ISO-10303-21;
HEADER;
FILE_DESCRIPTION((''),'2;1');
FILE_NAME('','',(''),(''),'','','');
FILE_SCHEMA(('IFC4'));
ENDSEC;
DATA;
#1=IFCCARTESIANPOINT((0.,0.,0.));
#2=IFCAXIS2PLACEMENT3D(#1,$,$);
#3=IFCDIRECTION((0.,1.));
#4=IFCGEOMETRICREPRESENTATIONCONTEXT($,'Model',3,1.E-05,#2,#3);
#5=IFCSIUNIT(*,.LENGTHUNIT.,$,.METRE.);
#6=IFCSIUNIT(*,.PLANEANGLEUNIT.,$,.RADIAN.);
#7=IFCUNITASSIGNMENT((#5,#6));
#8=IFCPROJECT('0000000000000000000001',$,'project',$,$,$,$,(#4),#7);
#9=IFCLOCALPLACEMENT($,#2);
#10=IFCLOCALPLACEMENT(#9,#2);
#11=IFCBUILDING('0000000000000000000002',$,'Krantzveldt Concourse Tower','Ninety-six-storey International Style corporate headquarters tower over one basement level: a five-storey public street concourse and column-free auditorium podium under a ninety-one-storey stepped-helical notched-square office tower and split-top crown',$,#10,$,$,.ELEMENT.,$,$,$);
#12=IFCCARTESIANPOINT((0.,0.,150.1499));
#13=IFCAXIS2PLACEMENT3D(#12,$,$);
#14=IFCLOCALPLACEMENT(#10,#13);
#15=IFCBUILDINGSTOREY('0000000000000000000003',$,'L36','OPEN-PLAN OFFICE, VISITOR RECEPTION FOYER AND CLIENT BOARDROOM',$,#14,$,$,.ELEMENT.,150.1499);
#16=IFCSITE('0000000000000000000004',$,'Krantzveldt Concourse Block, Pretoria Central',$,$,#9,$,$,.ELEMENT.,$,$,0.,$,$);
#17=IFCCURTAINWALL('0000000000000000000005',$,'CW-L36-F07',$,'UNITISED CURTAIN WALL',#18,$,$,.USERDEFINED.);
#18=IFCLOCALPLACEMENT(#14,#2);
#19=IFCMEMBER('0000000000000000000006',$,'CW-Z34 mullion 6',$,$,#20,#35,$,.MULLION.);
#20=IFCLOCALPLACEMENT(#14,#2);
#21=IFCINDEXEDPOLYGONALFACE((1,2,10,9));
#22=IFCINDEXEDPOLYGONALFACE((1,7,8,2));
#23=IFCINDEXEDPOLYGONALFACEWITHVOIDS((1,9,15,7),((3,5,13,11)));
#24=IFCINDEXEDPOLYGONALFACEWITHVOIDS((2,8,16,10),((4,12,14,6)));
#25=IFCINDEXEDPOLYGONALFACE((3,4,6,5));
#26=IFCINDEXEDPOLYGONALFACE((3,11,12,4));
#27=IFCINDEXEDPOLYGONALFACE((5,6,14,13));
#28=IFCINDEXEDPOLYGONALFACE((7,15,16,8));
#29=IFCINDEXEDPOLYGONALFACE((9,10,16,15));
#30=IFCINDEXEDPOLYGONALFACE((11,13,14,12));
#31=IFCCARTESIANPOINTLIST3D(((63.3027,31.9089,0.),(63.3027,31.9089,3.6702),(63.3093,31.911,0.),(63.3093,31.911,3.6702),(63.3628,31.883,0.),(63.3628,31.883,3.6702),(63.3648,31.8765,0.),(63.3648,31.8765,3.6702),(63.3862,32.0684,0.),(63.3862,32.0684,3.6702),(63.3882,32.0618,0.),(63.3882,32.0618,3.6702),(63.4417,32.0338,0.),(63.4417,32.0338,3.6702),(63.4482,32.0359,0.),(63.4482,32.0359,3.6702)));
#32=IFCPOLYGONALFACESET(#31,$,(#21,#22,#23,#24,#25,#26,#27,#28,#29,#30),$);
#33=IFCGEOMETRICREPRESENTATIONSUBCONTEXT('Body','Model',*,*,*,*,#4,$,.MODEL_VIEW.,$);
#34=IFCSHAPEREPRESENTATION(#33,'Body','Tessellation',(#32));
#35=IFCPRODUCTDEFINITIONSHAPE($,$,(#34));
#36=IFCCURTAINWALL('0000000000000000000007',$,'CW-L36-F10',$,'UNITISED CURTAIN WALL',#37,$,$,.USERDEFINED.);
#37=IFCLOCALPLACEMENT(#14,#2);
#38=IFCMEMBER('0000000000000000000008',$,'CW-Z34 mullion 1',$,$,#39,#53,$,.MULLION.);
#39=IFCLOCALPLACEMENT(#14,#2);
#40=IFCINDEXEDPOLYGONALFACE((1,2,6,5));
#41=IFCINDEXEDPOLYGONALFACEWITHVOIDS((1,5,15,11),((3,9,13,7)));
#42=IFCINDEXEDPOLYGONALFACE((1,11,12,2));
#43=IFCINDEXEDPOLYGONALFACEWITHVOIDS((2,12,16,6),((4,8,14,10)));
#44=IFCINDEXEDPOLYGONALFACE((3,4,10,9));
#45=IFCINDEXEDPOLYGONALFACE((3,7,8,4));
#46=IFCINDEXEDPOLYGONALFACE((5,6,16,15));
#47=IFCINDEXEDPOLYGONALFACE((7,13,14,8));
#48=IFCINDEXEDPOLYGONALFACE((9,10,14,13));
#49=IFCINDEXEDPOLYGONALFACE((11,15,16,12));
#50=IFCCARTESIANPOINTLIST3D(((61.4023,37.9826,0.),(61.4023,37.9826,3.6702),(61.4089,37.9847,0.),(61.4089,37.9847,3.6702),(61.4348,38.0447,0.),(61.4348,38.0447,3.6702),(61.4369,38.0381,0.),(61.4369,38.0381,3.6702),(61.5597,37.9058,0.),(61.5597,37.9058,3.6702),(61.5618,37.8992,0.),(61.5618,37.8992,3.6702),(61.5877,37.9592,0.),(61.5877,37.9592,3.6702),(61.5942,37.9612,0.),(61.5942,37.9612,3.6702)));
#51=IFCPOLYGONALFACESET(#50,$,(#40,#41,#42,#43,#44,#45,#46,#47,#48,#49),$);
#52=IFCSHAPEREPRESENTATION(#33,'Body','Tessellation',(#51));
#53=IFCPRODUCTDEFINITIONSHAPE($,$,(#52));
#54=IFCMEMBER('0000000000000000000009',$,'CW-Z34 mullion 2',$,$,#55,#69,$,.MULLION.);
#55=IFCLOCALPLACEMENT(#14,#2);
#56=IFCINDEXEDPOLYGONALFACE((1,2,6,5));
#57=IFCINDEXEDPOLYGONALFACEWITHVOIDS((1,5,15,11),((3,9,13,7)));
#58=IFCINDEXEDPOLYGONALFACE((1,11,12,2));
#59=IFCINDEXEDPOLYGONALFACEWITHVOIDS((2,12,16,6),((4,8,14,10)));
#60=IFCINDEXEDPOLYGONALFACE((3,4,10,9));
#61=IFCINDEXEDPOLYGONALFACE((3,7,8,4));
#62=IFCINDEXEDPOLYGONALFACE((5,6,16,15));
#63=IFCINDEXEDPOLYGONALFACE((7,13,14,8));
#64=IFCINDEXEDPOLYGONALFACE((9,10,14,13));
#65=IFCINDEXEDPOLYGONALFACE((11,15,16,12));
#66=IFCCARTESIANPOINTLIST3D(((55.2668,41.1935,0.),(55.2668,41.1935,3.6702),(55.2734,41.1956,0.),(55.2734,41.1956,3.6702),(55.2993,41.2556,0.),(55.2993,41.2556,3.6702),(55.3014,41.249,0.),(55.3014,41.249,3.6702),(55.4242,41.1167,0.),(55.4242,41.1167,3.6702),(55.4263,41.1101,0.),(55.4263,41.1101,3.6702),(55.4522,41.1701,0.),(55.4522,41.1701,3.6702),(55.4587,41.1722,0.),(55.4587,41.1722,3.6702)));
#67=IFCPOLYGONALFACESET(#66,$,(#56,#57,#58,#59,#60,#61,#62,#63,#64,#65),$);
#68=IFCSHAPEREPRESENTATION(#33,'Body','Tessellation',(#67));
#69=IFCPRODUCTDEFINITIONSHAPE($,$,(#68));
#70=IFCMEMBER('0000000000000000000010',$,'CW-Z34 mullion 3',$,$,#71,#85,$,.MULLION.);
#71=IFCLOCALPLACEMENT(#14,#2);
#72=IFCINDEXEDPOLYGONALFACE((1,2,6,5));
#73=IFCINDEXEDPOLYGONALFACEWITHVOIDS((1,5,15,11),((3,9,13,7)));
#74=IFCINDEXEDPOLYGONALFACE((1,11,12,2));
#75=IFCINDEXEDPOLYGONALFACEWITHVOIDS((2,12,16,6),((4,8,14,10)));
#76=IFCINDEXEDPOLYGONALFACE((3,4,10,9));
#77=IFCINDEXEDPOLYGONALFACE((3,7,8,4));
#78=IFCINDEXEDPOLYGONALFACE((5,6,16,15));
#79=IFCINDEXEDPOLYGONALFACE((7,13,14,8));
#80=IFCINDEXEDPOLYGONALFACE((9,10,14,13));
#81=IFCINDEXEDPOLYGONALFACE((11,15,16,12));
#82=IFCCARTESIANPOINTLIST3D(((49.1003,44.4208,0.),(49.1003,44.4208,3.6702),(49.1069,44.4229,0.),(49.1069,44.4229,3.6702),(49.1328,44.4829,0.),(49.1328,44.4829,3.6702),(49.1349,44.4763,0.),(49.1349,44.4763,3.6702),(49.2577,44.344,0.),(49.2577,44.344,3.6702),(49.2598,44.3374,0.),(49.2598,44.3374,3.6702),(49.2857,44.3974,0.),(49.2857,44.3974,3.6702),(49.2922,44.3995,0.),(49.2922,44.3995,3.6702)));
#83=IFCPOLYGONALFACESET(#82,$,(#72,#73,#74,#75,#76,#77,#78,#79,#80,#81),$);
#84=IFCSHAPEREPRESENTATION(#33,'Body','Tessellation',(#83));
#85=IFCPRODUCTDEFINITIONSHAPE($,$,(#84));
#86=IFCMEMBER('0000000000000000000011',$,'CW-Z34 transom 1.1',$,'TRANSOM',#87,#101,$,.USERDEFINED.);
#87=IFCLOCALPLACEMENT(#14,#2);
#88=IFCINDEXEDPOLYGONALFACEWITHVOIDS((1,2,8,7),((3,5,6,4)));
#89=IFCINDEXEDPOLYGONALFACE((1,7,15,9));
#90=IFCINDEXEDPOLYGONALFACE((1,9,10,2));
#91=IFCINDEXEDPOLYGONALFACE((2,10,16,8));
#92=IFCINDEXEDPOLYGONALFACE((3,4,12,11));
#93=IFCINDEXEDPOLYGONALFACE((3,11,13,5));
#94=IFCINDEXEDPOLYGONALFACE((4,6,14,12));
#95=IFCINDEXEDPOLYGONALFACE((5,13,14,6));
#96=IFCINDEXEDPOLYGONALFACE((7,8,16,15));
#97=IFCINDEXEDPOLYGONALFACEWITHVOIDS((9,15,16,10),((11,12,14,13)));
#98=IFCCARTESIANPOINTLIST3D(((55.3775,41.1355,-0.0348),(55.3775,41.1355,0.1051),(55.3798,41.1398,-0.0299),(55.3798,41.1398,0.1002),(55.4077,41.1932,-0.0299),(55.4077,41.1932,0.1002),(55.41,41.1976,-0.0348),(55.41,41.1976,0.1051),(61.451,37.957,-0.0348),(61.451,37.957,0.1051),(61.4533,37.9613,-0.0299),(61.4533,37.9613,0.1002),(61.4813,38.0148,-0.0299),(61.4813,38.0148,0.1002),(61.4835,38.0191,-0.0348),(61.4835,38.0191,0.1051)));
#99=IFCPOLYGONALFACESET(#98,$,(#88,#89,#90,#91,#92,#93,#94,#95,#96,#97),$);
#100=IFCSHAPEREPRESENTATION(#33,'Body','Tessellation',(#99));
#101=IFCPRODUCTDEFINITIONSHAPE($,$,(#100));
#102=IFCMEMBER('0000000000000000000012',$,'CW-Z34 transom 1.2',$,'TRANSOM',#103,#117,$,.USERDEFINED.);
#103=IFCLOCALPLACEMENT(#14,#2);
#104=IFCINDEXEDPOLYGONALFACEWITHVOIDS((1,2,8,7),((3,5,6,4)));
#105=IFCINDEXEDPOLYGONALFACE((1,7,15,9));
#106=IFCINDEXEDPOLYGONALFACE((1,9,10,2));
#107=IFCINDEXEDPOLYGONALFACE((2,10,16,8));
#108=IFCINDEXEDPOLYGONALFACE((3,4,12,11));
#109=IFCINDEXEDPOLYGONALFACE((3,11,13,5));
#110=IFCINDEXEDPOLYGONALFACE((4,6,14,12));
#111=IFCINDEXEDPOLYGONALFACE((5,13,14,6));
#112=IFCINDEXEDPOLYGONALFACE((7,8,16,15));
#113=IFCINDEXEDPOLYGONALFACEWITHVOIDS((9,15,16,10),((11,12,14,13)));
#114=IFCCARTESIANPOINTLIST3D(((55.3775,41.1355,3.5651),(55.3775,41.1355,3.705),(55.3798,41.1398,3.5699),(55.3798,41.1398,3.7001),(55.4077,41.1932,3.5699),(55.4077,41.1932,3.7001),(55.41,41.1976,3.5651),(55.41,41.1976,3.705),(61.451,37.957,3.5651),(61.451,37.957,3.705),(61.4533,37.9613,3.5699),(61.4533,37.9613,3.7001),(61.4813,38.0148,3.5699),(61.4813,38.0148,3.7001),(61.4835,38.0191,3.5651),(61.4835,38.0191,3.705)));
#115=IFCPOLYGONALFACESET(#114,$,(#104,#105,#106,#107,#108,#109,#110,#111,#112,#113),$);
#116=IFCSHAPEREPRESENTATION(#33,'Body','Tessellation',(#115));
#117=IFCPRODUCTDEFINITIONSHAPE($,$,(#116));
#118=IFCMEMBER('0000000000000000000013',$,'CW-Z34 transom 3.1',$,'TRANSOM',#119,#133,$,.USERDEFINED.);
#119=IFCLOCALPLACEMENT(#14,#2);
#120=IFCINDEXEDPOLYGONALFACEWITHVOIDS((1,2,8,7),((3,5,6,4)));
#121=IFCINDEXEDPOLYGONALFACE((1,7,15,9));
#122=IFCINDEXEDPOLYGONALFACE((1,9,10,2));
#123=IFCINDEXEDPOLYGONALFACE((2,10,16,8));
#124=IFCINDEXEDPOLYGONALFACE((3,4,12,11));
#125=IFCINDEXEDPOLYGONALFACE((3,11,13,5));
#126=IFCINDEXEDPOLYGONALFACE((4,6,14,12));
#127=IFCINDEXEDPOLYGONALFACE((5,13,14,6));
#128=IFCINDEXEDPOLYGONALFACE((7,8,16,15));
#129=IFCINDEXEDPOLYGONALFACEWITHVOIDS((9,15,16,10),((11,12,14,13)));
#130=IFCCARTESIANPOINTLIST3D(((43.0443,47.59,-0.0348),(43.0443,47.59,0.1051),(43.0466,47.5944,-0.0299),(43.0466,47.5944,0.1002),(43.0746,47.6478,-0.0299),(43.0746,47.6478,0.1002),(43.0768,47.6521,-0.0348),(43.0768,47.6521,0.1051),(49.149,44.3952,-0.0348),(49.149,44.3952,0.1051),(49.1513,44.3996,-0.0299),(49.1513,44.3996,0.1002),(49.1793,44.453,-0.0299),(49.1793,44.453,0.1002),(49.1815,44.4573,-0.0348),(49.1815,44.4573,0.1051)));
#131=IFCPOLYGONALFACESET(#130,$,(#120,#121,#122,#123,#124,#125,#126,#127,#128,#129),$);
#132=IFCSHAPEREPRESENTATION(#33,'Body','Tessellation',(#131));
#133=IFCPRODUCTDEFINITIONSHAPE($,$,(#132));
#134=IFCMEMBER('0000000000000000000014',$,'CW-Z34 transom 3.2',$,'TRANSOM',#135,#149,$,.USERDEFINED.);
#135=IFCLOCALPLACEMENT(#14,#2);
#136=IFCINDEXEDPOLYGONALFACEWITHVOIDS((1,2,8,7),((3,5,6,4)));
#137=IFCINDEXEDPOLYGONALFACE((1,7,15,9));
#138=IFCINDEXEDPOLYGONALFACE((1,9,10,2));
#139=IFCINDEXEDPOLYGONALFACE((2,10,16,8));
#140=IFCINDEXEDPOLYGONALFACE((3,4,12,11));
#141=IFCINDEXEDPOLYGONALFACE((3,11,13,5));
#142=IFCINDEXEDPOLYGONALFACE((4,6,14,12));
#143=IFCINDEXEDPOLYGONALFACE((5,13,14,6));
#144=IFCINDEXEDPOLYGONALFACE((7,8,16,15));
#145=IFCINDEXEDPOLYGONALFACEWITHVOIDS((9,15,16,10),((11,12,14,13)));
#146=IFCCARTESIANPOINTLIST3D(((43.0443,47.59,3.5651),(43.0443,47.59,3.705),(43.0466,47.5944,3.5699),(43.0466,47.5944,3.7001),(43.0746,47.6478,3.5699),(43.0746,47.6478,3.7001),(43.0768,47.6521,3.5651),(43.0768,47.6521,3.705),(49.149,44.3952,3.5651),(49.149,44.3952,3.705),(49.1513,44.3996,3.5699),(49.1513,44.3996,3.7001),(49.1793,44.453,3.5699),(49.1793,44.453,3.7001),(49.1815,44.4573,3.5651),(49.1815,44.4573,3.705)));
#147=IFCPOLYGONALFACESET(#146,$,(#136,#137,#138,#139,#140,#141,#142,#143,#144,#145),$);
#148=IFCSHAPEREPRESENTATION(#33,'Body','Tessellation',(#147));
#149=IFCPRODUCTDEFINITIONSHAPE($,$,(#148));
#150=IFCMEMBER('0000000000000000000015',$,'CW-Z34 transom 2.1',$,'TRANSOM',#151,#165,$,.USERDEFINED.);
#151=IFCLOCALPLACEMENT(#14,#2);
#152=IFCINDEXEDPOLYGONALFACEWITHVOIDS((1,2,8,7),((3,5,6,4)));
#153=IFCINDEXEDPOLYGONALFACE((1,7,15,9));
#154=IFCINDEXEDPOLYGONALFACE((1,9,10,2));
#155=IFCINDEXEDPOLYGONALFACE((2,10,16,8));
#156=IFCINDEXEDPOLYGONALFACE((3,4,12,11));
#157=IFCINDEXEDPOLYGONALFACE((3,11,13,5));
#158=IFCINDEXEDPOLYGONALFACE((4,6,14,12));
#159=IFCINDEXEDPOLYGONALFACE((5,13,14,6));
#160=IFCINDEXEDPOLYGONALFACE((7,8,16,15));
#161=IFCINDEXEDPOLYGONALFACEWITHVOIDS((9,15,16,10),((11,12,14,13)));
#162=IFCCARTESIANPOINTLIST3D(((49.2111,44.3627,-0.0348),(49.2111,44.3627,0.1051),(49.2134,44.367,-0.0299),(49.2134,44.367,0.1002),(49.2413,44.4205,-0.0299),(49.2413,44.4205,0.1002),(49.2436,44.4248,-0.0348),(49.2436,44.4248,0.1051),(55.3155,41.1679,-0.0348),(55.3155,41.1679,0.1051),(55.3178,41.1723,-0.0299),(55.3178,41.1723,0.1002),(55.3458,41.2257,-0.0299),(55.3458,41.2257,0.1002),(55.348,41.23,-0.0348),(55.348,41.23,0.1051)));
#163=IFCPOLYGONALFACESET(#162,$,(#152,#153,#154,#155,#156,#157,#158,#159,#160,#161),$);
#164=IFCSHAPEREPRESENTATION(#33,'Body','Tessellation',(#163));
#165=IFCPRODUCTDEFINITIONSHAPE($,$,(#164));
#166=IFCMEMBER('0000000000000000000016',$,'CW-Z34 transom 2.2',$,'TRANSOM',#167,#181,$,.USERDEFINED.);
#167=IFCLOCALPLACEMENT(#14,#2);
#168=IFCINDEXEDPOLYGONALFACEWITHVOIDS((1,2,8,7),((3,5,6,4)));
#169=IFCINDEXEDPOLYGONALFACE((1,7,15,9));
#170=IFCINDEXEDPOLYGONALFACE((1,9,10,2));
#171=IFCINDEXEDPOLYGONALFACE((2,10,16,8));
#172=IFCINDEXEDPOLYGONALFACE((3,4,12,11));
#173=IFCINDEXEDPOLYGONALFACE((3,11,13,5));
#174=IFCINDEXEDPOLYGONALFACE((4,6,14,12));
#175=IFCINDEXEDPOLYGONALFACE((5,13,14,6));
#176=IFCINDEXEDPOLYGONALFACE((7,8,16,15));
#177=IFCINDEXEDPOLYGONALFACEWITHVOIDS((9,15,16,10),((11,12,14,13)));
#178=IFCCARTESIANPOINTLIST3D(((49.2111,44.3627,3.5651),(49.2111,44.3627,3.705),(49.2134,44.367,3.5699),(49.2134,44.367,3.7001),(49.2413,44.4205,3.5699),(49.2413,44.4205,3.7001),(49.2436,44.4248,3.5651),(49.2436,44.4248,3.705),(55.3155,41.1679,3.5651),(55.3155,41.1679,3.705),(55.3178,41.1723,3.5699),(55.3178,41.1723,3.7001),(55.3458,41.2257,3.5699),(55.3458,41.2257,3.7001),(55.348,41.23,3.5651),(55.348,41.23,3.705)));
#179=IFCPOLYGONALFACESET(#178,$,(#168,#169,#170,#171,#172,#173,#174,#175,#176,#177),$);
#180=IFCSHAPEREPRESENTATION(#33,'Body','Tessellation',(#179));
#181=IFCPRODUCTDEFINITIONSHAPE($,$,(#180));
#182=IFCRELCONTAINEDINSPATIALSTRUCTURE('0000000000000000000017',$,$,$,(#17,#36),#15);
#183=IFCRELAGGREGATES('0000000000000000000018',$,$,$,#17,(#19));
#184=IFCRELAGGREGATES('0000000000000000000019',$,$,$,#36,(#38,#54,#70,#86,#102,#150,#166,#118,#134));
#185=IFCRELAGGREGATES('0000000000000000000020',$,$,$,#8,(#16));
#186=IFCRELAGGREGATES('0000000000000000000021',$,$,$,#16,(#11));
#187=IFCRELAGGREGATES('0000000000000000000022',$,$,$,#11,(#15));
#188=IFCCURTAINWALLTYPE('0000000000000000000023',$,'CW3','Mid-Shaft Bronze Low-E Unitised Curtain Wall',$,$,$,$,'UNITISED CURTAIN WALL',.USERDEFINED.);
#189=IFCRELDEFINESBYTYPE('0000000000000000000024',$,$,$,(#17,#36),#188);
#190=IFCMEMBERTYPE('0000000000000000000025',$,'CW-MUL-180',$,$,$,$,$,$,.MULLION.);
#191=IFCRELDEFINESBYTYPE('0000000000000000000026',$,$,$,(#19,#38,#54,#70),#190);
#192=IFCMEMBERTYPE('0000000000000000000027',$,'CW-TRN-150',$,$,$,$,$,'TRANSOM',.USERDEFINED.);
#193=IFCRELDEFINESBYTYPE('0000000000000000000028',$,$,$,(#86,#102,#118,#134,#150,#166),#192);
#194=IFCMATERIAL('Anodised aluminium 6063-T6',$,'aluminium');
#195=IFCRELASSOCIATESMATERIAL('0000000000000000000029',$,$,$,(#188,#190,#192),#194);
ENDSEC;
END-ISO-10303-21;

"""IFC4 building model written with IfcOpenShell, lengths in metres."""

from ifc_helpers import new_model, si_unit, direction, frame, origin, origin_2d, place, context, subcontext, project, spatial, hollow_rectangle, extrude, source, transform, mapped, material, material_profile, profile_set, type_object, type_shapes, element, aggregate, save


model = new_model("IFC4")

# Units and contexts
model_context = context("Model", 3, precision=1e-05, world=origin(), true_north=direction((0.0, 1.0)))
body_context = subcontext(model_context, "Body", "Model", "MODEL_VIEW")
ifc_project = project(units=[si_unit("LENGTHUNIT", "METRE"), si_unit("PLANEANGLEUNIT", "RADIAN")], contexts=[model_context])

# Site, building, storey
site_placement = place(None, origin())
site = spatial("IfcSite", under=ifc_project, at=site_placement, Name="Krantzveldt Concourse Block, Pretoria Central", CompositionType="ELEMENT", RefElevation=0.0)
building_placement = place(site_placement, origin())
building = spatial("IfcBuilding", under=site, at=building_placement, Name="Krantzveldt Concourse Tower", Description="Ninety-six-storey International Style corporate headquarters tower over one basement level: a five-storey public street concourse and column-free auditorium podium under a ninety-one-storey stepped-helical notched-square office tower and split-top crown", CompositionType="ELEMENT")
storey_placement = place(building_placement, frame((0.0, 0.0, 150.1499)))
storey = spatial("IfcBuildingStorey", under=building, at=storey_placement, Name="L36", Description="OPEN-PLAN OFFICE, VISITOR RECEPTION FOYER AND CLIENT BOARDROOM", CompositionType="ELEMENT", Elevation=150.1499)

# Curtain wall, member
ifc_material_1 = material(Name="Anodised aluminium 6063-T6", Category="aluminium")
curtain_wall_type = type_object("IfcCurtainWallType", Name="CW3", Description="Mid-Shaft Bronze Low-E Unitised Curtain Wall", ElementType="UNITISED CURTAIN WALL", PredefinedType="USERDEFINED", material=ifc_material_1)
curtain_wall_1_placement = place(storey_placement, origin())
curtain_wall_1 = element("IfcCurtainWall", 1, at=curtain_wall_1_placement, inside=storey, type_object=curtain_wall_type, Name="CW-L36-F07", ObjectType="UNITISED CURTAIN WALL", PredefinedType="USERDEFINED")
ifc_material_profile_1 = material_profile(ifc_material_1, hollow_rectangle(XDim=0.0701, YDim=0.1799, WallThickness=0.0049, at=origin_2d()), Name="Anodised aluminium 6063-T6", Category="aluminium")
ifc_profile_set_1 = profile_set([ifc_material_profile_1], Name="Anodised aluminium 6063-T6 - ALU-MULL 180x70x5")
member_type_1 = type_object("IfcMemberType", Name="CW-MUL-180", PredefinedType="MULLION", material=ifc_profile_set_1)
shared_shape_1 = source(origin(), body_context, "Body", "SweptSolid", [
    extrude(hollow_rectangle(XDim=0.0701, YDim=0.1799, WallThickness=0.0049, at=origin_2d()), origin(), (0.0, 0.0, 1.0), 3.6702),
])
type_shapes(member_type_1, [shared_shape_1])
member_1_placement = place(storey_placement, frame((63.3755, 31.9724, 0.0), z_axis=(0.0, 0.0, 1.0), x_axis=(-0.886001, 0.463683, 0.0)))
member_1 = element("IfcMember", 2, at=member_1_placement, type_object=member_type_1, Name="CW-Z34 mullion 6", PredefinedType="MULLION", context=body_context, shape_type="MappedRepresentation", body=[
    mapped(shared_shape_1, transform((0.0, 0.0, 0.0), x_axis=(1.0, 0.0, 0.0), y_axis=(0.0, 1.0, 0.0), z_axis=(0.0, 0.0, 1.0), scale=1.0)),
])

# Curtain wall, members
curtain_wall_2_placement = place(storey_placement, origin())
curtain_wall_2 = element("IfcCurtainWall", 3, at=curtain_wall_2_placement, inside=storey, type_object=curtain_wall_type, Name="CW-L36-F10", ObjectType="UNITISED CURTAIN WALL", PredefinedType="USERDEFINED")
member_2_placement = place(storey_placement, frame((61.4983, 37.9719, 0.0), z_axis=(0.0, 0.0, 1.0), x_axis=(-0.463683, -0.886001, 0.0)))
member_2 = element("IfcMember", 4, at=member_2_placement, type_object=member_type_1, Name="CW-Z34 mullion 1", PredefinedType="MULLION", context=body_context, shape_type="MappedRepresentation", body=[
    mapped(shared_shape_1, transform((0.0, 0.0, 0.0), x_axis=(1.0, 0.0, 0.0), y_axis=(0.0, 1.0, 0.0), z_axis=(0.0, 0.0, 1.0), scale=1.0)),
])
member_3_placement = place(storey_placement, frame((55.3628, 41.1829, 0.0), z_axis=(0.0, 0.0, 1.0), x_axis=(-0.463683, -0.886001, 0.0)))
member_3 = element("IfcMember", 5, at=member_3_placement, type_object=member_type_1, Name="CW-Z34 mullion 2", PredefinedType="MULLION", context=body_context, shape_type="MappedRepresentation", body=[
    mapped(shared_shape_1, transform((0.0, 0.0, 0.0), x_axis=(1.0, 0.0, 0.0), y_axis=(0.0, 1.0, 0.0), z_axis=(0.0, 0.0, 1.0), scale=1.0)),
])
member_4_placement = place(storey_placement, frame((49.1963, 44.4102, 0.0), z_axis=(0.0, 0.0, 1.0), x_axis=(-0.463683, -0.886001, 0.0)))
member_4 = element("IfcMember", 6, at=member_4_placement, type_object=member_type_1, Name="CW-Z34 mullion 3", PredefinedType="MULLION", context=body_context, shape_type="MappedRepresentation", body=[
    mapped(shared_shape_1, transform((0.0, 0.0, 0.0), x_axis=(1.0, 0.0, 0.0), y_axis=(0.0, 1.0, 0.0), z_axis=(0.0, 0.0, 1.0), scale=1.0)),
])
ifc_material_profile_2 = material_profile(ifc_material_1, hollow_rectangle(XDim=0.0701, YDim=0.1399, WallThickness=0.0049, at=origin_2d()), Name="Anodised aluminium 6063-T6", Category="aluminium")
ifc_profile_set_2 = profile_set([ifc_material_profile_2], Name="Anodised aluminium 6063-T6 - ALU-TRAN 140x70x5")
member_type_2 = type_object("IfcMemberType", Name="CW-TRN-150", ElementType="TRANSOM", PredefinedType="USERDEFINED", material=ifc_profile_set_2)
shared_shape_2 = source(origin(), body_context, "Body", "SweptSolid", [
    extrude(hollow_rectangle(XDim=0.0701, YDim=0.1399, WallThickness=0.0049, at=origin_2d()), origin(), (0.0, 0.0, 1.0), 6.855),
])
member_5_placement = place(storey_placement, frame((61.4673, 37.988, 0.0352), z_axis=(-0.886004, 0.463677, 0.0), x_axis=(-0.463677, -0.886004, 0.0)))
member_5 = element("IfcMember", 7, at=member_5_placement, type_object=member_type_2, Name="CW-Z34 transom 1.1", ObjectType="TRANSOM", PredefinedType="USERDEFINED", context=body_context, shape_type="MappedRepresentation", body=[
    mapped(shared_shape_2, transform((0.0, 0.0, 0.0), x_axis=(1.0, 0.0, 0.0), y_axis=(0.0, 1.0, 0.0), z_axis=(0.0, 0.0, 1.0), scale=1.0)),
])
member_6_placement = place(storey_placement, frame((61.4673, 37.988, 3.635), z_axis=(-0.886004, 0.463677, 0.0), x_axis=(-0.463677, -0.886004, 0.0)))
member_6 = element("IfcMember", 8, at=member_6_placement, type_object=member_type_2, Name="CW-Z34 transom 1.2", ObjectType="TRANSOM", PredefinedType="USERDEFINED", context=body_context, shape_type="MappedRepresentation", body=[
    mapped(shared_shape_2, transform((0.0, 0.0, 0.0), x_axis=(1.0, 0.0, 0.0), y_axis=(0.0, 1.0, 0.0), z_axis=(0.0, 0.0, 1.0), scale=1.0)),
])
shared_shape_3 = source(origin(), body_context, "Body", "SweptSolid", [
    extrude(hollow_rectangle(XDim=0.0701, YDim=0.1399, WallThickness=0.0049, at=origin_2d()), origin(), (0.0, 0.0, 1.0), 6.8901),
])
member_7_placement = place(storey_placement, frame((49.1653, 44.4263, 0.0352), z_axis=(-0.886004, 0.463677, 0.0), x_axis=(-0.463677, -0.886004, 0.0)))
member_7 = element("IfcMember", 9, at=member_7_placement, type_object=member_type_2, Name="CW-Z34 transom 3.1", ObjectType="TRANSOM", PredefinedType="USERDEFINED", context=body_context, shape_type="MappedRepresentation", body=[
    mapped(shared_shape_3, transform((0.0, 0.0, 0.0), x_axis=(1.0, 0.0, 0.0), y_axis=(0.0, 1.0, 0.0), z_axis=(0.0, 0.0, 1.0), scale=1.0)),
])
member_8_placement = place(storey_placement, frame((49.1653, 44.4263, 3.635), z_axis=(-0.886004, 0.463677, 0.0), x_axis=(-0.463677, -0.886004, 0.0)))
member_8 = element("IfcMember", 10, at=member_8_placement, type_object=member_type_2, Name="CW-Z34 transom 3.2", ObjectType="TRANSOM", PredefinedType="USERDEFINED", context=body_context, shape_type="MappedRepresentation", body=[
    mapped(shared_shape_3, transform((0.0, 0.0, 0.0), x_axis=(1.0, 0.0, 0.0), y_axis=(0.0, 1.0, 0.0), z_axis=(0.0, 0.0, 1.0), scale=1.0)),
])
shared_shape_4 = source(origin(), body_context, "Body", "SweptSolid", [
    extrude(hollow_rectangle(XDim=0.0701, YDim=0.1399, WallThickness=0.0049, at=origin_2d()), origin(), (0.0, 0.0, 1.0), 6.8899),
])
type_shapes(member_type_2, [shared_shape_2, shared_shape_3, shared_shape_4])
member_9_placement = place(storey_placement, frame((55.3318, 41.199, 0.0352), z_axis=(-0.885997, 0.463692, 0.0), x_axis=(-0.463692, -0.885997, 0.0)))
member_9 = element("IfcMember", 11, at=member_9_placement, type_object=member_type_2, Name="CW-Z34 transom 2.1", ObjectType="TRANSOM", PredefinedType="USERDEFINED", context=body_context, shape_type="MappedRepresentation", body=[
    mapped(shared_shape_4, transform((0.0, 0.0, 0.0), x_axis=(1.0, 0.0, 0.0), y_axis=(0.0, 1.0, 0.0), z_axis=(0.0, 0.0, 1.0), scale=1.0)),
])
member_10_placement = place(storey_placement, frame((55.3318, 41.199, 3.635), z_axis=(-0.885997, 0.463692, 0.0), x_axis=(-0.463692, -0.885997, 0.0)))
member_10 = element("IfcMember", 12, at=member_10_placement, type_object=member_type_2, Name="CW-Z34 transom 2.2", ObjectType="TRANSOM", PredefinedType="USERDEFINED", context=body_context, shape_type="MappedRepresentation", body=[
    mapped(shared_shape_4, transform((0.0, 0.0, 0.0), x_axis=(1.0, 0.0, 0.0), y_axis=(0.0, 1.0, 0.0), z_axis=(0.0, 0.0, 1.0), scale=1.0)),
])

aggregate(curtain_wall_1, [member_1])
aggregate(curtain_wall_2, [member_2, member_3, member_4, member_5, member_6, member_9, member_10, member_7, member_8])

save(model, "model.ifc")
